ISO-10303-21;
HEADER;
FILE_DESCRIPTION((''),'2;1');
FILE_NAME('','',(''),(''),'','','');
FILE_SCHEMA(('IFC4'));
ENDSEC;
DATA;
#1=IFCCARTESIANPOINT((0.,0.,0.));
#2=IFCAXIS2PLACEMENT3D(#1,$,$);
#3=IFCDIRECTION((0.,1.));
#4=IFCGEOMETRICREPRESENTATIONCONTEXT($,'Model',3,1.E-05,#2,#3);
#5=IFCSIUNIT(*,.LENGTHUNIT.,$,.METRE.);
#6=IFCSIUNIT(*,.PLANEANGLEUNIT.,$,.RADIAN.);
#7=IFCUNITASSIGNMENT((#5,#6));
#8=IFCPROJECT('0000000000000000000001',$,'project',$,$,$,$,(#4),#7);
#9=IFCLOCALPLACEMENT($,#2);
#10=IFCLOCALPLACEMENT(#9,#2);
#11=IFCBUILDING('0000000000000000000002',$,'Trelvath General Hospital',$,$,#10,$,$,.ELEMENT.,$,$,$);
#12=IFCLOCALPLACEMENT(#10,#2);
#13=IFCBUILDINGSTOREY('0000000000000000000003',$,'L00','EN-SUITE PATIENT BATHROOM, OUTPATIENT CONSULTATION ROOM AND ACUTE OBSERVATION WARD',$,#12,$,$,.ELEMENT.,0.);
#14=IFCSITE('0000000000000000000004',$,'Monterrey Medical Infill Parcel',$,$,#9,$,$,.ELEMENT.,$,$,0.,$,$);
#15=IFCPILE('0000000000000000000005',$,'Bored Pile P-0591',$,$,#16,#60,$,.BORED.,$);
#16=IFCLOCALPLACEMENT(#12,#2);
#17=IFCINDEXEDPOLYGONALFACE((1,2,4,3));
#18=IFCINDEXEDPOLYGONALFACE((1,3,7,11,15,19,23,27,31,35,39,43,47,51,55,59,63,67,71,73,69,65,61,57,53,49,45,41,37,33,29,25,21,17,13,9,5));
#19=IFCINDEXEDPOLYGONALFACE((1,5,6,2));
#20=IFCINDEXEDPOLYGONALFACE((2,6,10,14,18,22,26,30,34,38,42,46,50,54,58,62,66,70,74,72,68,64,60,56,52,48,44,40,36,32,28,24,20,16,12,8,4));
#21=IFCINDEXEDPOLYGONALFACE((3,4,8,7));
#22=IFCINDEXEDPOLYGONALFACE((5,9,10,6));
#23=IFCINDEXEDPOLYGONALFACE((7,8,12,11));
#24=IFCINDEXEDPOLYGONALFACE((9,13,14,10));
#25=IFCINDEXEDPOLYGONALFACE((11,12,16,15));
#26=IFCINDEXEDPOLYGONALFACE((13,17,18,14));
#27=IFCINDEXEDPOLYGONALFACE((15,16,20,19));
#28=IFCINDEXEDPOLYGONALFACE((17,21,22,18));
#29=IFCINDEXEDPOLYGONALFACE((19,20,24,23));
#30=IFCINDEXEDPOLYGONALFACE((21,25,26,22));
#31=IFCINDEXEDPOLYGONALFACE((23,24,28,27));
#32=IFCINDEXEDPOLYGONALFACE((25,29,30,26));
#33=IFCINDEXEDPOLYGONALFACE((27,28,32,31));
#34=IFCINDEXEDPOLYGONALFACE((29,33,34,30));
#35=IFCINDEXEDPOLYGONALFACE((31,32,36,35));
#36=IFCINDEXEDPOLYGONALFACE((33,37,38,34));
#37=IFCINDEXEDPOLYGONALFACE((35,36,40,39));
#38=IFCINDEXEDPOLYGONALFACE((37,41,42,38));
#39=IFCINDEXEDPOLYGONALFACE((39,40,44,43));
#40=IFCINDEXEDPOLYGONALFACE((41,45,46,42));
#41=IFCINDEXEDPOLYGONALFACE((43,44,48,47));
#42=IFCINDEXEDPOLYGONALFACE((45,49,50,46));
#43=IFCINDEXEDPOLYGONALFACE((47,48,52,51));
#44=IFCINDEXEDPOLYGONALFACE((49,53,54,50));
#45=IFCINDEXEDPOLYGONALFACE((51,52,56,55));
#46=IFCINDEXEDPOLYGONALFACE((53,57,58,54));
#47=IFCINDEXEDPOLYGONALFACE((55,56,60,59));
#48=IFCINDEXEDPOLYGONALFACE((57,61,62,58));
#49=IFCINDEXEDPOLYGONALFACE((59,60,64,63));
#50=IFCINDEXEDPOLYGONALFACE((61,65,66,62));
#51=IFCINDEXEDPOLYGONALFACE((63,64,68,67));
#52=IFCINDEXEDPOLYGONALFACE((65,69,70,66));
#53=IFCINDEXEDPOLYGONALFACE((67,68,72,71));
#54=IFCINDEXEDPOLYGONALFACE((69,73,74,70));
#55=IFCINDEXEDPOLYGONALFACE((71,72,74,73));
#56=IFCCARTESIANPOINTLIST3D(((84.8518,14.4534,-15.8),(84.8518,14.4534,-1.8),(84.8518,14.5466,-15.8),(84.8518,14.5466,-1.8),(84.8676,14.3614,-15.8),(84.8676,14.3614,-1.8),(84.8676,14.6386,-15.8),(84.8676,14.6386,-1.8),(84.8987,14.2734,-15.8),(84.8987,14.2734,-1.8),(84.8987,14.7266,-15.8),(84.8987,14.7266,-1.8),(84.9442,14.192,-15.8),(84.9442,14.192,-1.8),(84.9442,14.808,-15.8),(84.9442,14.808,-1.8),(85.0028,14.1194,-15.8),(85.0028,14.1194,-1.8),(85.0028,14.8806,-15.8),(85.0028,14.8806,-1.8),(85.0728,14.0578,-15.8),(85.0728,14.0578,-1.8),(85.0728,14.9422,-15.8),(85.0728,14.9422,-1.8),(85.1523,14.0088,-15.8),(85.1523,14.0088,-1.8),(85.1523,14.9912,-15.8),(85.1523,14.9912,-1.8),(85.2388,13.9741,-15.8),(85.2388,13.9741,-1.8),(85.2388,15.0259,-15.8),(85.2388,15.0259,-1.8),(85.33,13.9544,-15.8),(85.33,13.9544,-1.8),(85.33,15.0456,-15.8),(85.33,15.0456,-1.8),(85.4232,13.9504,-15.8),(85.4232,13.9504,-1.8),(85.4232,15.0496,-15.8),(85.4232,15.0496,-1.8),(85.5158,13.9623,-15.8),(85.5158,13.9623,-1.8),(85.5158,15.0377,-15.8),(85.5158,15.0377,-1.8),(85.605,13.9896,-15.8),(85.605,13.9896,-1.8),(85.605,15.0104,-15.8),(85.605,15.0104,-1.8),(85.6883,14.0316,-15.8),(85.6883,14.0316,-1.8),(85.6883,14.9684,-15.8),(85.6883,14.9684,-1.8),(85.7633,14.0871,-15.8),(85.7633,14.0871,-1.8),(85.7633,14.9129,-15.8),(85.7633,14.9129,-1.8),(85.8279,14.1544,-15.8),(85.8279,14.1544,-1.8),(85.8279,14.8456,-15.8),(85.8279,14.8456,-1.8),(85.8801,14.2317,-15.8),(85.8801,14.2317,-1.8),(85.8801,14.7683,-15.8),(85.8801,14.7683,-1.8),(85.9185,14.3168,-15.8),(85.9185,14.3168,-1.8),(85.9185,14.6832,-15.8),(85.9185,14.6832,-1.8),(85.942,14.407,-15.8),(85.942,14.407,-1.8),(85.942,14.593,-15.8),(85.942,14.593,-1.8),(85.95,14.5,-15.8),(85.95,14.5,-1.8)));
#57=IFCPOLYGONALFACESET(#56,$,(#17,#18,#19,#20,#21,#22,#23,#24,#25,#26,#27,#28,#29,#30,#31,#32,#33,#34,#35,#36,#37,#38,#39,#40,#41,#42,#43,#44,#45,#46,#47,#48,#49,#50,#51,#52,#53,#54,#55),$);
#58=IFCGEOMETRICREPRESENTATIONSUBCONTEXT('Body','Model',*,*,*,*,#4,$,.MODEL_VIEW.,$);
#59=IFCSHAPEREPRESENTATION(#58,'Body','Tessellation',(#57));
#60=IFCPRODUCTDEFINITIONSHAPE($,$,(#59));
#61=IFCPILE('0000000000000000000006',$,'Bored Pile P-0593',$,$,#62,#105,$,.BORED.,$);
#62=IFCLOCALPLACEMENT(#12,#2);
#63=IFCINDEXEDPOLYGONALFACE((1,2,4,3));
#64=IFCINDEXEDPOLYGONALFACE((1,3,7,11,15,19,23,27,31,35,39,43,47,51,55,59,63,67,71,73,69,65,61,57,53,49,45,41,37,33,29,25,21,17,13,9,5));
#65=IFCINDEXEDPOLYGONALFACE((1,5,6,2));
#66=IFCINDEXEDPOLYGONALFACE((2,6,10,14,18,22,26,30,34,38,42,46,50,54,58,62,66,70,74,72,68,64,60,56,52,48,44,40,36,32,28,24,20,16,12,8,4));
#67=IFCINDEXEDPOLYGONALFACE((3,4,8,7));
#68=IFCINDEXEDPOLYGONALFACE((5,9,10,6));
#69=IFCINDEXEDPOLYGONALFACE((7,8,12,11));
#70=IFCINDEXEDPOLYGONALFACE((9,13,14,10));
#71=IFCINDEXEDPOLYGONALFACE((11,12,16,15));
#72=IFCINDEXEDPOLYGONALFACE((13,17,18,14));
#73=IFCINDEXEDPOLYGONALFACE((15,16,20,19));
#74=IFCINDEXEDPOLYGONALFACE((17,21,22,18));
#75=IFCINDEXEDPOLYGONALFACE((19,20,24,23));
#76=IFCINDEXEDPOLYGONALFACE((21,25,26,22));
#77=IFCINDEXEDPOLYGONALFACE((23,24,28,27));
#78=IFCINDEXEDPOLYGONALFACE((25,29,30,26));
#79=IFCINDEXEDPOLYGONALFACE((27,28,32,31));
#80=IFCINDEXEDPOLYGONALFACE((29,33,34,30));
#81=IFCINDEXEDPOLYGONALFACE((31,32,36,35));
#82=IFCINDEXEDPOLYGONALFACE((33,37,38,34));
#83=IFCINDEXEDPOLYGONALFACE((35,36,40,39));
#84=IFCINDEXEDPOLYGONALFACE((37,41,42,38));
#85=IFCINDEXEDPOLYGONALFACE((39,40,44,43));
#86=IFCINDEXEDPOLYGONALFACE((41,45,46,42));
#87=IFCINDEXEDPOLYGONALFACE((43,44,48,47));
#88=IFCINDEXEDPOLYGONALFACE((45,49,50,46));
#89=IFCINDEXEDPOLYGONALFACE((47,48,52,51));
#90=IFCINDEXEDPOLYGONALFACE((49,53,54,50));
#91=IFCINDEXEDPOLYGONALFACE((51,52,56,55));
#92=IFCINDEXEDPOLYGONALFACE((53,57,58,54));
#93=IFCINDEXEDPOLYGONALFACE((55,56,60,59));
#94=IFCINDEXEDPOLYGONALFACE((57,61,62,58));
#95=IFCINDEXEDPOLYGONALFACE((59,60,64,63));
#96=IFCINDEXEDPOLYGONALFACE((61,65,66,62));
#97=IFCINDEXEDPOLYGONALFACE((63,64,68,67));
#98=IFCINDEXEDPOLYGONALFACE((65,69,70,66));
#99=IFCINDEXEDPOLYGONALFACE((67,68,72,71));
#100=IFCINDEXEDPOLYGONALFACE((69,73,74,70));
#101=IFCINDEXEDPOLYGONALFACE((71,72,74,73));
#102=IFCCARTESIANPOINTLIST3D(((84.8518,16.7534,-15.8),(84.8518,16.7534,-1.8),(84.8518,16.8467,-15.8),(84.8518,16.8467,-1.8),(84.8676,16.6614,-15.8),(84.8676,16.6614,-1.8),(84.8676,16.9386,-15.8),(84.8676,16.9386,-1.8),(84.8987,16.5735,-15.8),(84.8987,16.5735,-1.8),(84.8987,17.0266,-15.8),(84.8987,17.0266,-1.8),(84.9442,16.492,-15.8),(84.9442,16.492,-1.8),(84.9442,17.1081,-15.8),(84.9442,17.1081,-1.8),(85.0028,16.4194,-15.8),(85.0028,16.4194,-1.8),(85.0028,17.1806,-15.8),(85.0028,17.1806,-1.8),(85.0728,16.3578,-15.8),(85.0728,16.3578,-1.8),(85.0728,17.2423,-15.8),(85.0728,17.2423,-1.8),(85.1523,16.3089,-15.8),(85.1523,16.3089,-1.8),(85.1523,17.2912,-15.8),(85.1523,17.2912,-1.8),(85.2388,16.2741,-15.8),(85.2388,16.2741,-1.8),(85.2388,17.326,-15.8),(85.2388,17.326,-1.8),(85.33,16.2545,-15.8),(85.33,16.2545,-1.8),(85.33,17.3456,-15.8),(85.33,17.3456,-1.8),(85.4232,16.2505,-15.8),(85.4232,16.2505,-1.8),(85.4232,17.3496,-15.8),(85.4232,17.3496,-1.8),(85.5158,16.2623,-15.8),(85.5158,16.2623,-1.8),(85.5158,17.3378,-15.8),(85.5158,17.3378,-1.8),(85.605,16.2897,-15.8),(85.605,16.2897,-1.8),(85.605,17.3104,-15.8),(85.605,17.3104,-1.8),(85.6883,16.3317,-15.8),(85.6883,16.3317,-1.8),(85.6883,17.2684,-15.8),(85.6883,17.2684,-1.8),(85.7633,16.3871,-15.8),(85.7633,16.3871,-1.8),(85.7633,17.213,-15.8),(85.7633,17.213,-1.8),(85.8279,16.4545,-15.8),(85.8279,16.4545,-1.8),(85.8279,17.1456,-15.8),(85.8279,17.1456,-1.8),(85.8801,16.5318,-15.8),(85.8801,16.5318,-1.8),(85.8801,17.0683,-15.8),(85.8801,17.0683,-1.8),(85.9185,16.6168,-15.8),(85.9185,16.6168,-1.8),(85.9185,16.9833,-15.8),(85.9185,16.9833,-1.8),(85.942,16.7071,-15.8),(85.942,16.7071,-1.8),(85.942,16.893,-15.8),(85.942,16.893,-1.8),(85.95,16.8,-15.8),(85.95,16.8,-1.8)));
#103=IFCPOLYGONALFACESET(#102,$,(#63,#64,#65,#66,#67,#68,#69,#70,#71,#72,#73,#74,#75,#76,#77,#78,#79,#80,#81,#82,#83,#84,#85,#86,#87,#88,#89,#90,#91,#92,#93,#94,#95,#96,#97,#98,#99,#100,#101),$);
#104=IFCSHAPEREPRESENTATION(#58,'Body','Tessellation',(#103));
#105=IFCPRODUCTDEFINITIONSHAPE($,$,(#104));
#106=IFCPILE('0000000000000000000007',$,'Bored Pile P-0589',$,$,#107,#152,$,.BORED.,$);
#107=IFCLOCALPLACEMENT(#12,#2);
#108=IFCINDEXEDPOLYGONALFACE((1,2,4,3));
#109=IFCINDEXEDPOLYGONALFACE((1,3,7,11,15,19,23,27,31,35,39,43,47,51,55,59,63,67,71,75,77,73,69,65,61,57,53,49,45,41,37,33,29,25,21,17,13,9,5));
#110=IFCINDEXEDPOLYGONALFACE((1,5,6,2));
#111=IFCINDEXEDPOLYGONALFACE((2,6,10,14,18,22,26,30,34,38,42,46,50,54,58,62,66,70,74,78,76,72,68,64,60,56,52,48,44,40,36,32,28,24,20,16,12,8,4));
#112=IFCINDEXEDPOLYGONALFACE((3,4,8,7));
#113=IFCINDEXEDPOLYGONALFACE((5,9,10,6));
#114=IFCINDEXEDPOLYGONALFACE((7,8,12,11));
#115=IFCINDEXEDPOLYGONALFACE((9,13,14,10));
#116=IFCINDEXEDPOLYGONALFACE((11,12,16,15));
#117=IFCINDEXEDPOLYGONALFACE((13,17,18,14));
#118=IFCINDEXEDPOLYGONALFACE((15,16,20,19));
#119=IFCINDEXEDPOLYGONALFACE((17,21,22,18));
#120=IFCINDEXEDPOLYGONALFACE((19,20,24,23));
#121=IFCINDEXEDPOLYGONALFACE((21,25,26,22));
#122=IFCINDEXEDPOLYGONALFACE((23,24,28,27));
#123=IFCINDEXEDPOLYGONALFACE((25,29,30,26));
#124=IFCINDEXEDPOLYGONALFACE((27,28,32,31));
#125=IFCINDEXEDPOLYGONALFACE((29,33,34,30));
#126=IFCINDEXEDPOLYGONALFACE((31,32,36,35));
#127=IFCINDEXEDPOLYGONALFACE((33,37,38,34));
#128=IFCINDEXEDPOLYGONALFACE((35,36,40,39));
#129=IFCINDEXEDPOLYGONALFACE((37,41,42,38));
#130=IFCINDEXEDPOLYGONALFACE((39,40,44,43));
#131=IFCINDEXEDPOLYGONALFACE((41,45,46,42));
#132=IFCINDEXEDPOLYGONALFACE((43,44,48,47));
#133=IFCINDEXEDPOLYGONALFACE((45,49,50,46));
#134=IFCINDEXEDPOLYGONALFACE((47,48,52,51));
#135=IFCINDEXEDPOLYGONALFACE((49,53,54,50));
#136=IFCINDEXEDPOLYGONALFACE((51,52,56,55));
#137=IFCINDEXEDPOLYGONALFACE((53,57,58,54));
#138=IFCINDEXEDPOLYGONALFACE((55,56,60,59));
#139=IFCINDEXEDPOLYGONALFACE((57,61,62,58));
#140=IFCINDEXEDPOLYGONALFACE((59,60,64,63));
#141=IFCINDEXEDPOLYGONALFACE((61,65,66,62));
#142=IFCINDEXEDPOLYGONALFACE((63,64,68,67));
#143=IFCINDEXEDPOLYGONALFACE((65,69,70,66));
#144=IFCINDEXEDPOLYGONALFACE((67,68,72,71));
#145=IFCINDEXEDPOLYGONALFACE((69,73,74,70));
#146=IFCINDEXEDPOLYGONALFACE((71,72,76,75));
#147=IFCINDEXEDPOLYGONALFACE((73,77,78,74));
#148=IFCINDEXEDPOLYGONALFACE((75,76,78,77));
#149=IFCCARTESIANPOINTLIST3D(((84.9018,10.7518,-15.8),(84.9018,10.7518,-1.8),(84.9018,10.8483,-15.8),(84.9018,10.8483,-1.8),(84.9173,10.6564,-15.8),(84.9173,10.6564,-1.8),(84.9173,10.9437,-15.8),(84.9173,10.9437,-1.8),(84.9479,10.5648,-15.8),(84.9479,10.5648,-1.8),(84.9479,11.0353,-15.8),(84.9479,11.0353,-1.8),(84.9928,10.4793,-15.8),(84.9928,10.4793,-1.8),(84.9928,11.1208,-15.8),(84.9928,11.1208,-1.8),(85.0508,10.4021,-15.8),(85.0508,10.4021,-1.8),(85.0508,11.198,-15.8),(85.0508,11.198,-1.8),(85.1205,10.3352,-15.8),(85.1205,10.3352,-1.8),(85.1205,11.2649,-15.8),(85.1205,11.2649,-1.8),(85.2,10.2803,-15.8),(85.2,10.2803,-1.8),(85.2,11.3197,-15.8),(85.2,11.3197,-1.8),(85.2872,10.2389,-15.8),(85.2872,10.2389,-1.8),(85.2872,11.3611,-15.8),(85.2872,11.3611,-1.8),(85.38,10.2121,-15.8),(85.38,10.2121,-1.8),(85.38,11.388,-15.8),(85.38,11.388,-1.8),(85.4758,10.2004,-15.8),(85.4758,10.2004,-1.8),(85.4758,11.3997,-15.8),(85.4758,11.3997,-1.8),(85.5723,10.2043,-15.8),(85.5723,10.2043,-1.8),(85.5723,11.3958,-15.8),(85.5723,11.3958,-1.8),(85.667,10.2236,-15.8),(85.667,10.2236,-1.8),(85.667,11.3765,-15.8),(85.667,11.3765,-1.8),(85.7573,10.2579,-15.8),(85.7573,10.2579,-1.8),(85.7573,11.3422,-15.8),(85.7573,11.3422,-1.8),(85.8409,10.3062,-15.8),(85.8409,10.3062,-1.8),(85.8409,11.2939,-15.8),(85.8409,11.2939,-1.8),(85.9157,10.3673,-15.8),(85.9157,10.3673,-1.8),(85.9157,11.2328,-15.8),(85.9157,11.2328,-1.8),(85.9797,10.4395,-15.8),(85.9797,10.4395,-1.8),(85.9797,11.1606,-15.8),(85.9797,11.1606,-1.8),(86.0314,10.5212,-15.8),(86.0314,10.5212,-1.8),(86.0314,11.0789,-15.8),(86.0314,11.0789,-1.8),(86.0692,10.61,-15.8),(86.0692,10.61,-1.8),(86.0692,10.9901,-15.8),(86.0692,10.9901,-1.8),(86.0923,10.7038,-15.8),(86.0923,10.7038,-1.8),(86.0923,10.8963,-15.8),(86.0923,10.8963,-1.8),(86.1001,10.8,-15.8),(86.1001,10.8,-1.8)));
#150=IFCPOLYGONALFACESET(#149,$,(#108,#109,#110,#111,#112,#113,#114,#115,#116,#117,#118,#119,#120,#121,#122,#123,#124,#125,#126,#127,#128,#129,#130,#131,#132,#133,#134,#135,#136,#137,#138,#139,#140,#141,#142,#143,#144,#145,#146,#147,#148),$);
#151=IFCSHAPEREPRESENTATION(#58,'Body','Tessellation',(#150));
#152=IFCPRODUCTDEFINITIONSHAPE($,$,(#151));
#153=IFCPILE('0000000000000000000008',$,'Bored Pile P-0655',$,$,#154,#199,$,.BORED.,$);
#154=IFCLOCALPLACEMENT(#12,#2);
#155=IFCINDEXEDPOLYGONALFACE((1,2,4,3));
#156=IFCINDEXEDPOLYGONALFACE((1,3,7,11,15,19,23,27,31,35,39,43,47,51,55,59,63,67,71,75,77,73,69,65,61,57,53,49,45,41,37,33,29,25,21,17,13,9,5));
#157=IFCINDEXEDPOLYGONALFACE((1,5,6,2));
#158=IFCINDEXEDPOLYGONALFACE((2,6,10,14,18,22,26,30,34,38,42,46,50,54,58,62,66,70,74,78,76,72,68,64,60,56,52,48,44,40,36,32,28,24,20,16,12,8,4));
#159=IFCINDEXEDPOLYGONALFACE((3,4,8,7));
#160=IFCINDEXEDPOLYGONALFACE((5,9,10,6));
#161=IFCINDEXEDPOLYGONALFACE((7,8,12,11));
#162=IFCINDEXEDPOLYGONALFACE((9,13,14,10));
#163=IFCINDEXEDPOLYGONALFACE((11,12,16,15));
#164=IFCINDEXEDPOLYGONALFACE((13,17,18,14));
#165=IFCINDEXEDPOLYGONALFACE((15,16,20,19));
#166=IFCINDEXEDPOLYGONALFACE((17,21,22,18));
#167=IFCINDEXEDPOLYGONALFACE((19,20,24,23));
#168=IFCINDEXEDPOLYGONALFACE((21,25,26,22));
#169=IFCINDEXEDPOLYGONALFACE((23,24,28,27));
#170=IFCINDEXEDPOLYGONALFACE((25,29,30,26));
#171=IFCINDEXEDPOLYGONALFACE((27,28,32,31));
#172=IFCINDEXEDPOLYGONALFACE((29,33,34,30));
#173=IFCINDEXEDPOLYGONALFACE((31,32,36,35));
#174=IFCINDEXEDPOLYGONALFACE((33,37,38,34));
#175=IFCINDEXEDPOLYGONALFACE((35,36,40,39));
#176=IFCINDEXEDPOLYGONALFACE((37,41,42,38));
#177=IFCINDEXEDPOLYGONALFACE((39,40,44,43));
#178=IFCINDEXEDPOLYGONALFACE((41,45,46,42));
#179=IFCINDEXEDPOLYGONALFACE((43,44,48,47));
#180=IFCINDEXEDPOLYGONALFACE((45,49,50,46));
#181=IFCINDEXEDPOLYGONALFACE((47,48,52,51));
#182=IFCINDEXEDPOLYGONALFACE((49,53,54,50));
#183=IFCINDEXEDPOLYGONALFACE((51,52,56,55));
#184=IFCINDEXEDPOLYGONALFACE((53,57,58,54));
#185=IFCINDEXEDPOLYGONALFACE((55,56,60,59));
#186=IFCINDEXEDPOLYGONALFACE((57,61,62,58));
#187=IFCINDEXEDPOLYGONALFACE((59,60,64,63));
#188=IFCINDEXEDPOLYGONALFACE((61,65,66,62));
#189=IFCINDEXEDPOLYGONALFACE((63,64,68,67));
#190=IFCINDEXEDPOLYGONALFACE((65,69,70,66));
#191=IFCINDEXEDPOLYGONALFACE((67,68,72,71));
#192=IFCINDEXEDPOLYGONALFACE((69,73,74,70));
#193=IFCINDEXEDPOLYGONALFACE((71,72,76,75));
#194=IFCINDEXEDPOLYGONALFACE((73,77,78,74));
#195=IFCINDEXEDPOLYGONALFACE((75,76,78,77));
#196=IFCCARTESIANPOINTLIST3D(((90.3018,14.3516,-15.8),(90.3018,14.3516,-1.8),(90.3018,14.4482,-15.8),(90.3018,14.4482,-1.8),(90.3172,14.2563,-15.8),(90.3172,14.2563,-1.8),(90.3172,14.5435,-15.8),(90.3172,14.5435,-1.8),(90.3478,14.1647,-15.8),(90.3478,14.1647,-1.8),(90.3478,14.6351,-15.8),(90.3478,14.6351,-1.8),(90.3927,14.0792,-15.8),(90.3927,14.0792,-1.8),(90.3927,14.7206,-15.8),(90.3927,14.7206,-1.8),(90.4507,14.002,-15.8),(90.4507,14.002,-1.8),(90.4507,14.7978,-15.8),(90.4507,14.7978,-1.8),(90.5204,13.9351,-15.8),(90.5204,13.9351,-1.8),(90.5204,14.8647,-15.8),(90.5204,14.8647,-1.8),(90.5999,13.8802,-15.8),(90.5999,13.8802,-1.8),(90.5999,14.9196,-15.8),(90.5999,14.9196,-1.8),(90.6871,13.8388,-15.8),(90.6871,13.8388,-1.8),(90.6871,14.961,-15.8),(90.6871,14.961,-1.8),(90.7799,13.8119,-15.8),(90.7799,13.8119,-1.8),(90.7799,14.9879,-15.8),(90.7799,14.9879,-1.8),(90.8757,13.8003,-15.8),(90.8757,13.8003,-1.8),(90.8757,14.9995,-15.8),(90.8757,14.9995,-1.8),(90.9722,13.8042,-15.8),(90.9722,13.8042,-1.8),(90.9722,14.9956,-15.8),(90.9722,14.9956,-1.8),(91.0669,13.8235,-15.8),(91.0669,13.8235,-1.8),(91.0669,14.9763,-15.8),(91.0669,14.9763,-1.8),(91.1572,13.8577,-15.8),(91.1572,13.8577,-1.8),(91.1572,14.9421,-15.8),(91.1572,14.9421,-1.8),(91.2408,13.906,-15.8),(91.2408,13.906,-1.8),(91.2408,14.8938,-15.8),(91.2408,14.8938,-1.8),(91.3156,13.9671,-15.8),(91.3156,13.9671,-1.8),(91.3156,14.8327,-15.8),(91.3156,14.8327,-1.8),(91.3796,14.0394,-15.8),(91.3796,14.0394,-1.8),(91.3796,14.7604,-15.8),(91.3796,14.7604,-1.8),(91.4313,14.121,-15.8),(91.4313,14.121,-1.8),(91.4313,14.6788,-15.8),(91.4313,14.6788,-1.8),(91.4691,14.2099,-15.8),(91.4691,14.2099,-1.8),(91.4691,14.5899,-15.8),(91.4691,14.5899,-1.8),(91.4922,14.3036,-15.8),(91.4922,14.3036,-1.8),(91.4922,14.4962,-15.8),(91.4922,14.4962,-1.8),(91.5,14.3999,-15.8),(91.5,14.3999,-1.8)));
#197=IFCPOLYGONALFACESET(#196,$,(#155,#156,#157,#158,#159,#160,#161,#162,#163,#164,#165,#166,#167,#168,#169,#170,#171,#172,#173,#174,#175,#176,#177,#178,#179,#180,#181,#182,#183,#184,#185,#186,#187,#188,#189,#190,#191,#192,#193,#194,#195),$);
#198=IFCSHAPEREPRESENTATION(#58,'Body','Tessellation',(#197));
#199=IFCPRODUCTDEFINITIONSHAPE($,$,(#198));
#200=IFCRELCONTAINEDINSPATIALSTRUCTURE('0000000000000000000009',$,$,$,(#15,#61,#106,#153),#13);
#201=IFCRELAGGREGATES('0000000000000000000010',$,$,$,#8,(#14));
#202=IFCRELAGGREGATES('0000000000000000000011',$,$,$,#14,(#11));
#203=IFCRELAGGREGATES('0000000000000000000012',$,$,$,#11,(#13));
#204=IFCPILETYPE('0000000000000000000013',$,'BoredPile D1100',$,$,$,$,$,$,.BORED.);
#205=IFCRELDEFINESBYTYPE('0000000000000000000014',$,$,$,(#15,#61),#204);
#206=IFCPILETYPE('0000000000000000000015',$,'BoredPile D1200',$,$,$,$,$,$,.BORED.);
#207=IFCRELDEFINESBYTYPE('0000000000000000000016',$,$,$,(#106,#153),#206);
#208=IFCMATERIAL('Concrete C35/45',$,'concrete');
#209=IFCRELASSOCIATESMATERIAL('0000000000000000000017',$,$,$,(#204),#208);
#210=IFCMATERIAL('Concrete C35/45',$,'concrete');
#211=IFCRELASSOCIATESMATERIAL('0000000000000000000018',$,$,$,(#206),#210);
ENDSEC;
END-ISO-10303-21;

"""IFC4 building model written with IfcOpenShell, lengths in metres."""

from ifc_helpers import new_model, si_unit, direction, frame, origin, origin_2d, place, context, subcontext, project, spatial, circle, extrude, material, material_profile, profile_set, type_object, element, save


model = new_model("IFC4")

# Units and contexts
model_context = context("Model", 3, precision=1e-05, world=origin(), true_north=direction((0.0, 1.0)))
body_context = subcontext(model_context, "Body", "Model", "MODEL_VIEW")
ifc_project = project(units=[si_unit("LENGTHUNIT", "METRE"), si_unit("PLANEANGLEUNIT", "RADIAN")], contexts=[model_context])

# Site, building, storey
site_placement = place(None, origin())
site = spatial("IfcSite", under=ifc_project, at=site_placement, Name="Monterrey Medical Infill Parcel", CompositionType="ELEMENT", RefElevation=0.0)
building_placement = place(site_placement, origin())
building = spatial("IfcBuilding", under=site, at=building_placement, Name="Trelvath General Hospital", CompositionType="ELEMENT")
storey_placement = place(building_placement, origin())
storey = spatial("IfcBuildingStorey", under=building, at=storey_placement, Name="L00", Description="EN-SUITE PATIENT BATHROOM, OUTPATIENT CONSULTATION ROOM AND ACUTE OBSERVATION WARD", CompositionType="ELEMENT", Elevation=0.0)

# Piles
ifc_material_1 = material(Name="Concrete C35/45", Category="concrete")
ifc_material_profile_1 = material_profile(ifc_material_1, circle(Radius=0.55, at=origin_2d()), Name="PILE1100")
ifc_profile_set_1 = profile_set([ifc_material_profile_1], Name="Concrete C35/45")
pile_type_1 = type_object("IfcPileType", Name="BoredPile D1100", PredefinedType="BORED", material=ifc_profile_set_1)
for number, where, z_axis, x_axis, name in (
    (1, (85.3999, 14.5, -1.8), (0.0, 0.0, -1.0), (1.0, 0.0, 0.0), "Bored Pile P-0591"),
    (2, (85.3999, 16.8, -1.8), (0.0, 0.0, -1.0), (1.0, 0.0, 0.0), "Bored Pile P-0593"),
):
    element("IfcPile", number, at=place(storey_placement, frame(where, z_axis=z_axis, x_axis=x_axis)), inside=storey, type_object=pile_type_1, Name=name, PredefinedType="BORED", context=body_context, shape_type="SweptSolid", body=[
        extrude(circle(Radius=0.55, at=origin_2d()), origin(), (0.0, 0.0, 1.0), 14.0),
    ])
ifc_material_2 = material(Name="Concrete C35/45", Category="concrete")
ifc_material_profile_2 = material_profile(ifc_material_2, circle(Radius=0.6001, at=origin_2d()), Name="PILE1200")
ifc_profile_set_2 = profile_set([ifc_material_profile_2], Name="Concrete C35/45")
pile_type_2 = type_object("IfcPileType", Name="BoredPile D1200", PredefinedType="BORED", material=ifc_profile_set_2)
for number, where, z_axis, x_axis, name in (
    (3, (85.5, 10.8, -1.8), (0.0, 0.0, -1.0), (1.0, 0.0, 0.0), "Bored Pile P-0589"),
    (4, (90.8999, 14.3999, -1.8), (0.0, 0.0, -1.0), (1.0, 0.0, 0.0), "Bored Pile P-0655"),
):
    element("IfcPile", number, at=place(storey_placement, frame(where, z_axis=z_axis, x_axis=x_axis)), inside=storey, type_object=pile_type_2, Name=name, PredefinedType="BORED", context=body_context, shape_type="SweptSolid", body=[
        extrude(circle(Radius=0.6001, at=origin_2d()), origin(), (0.0, 0.0, 1.0), 14.0),
    ])

save(model, "model.ifc")
